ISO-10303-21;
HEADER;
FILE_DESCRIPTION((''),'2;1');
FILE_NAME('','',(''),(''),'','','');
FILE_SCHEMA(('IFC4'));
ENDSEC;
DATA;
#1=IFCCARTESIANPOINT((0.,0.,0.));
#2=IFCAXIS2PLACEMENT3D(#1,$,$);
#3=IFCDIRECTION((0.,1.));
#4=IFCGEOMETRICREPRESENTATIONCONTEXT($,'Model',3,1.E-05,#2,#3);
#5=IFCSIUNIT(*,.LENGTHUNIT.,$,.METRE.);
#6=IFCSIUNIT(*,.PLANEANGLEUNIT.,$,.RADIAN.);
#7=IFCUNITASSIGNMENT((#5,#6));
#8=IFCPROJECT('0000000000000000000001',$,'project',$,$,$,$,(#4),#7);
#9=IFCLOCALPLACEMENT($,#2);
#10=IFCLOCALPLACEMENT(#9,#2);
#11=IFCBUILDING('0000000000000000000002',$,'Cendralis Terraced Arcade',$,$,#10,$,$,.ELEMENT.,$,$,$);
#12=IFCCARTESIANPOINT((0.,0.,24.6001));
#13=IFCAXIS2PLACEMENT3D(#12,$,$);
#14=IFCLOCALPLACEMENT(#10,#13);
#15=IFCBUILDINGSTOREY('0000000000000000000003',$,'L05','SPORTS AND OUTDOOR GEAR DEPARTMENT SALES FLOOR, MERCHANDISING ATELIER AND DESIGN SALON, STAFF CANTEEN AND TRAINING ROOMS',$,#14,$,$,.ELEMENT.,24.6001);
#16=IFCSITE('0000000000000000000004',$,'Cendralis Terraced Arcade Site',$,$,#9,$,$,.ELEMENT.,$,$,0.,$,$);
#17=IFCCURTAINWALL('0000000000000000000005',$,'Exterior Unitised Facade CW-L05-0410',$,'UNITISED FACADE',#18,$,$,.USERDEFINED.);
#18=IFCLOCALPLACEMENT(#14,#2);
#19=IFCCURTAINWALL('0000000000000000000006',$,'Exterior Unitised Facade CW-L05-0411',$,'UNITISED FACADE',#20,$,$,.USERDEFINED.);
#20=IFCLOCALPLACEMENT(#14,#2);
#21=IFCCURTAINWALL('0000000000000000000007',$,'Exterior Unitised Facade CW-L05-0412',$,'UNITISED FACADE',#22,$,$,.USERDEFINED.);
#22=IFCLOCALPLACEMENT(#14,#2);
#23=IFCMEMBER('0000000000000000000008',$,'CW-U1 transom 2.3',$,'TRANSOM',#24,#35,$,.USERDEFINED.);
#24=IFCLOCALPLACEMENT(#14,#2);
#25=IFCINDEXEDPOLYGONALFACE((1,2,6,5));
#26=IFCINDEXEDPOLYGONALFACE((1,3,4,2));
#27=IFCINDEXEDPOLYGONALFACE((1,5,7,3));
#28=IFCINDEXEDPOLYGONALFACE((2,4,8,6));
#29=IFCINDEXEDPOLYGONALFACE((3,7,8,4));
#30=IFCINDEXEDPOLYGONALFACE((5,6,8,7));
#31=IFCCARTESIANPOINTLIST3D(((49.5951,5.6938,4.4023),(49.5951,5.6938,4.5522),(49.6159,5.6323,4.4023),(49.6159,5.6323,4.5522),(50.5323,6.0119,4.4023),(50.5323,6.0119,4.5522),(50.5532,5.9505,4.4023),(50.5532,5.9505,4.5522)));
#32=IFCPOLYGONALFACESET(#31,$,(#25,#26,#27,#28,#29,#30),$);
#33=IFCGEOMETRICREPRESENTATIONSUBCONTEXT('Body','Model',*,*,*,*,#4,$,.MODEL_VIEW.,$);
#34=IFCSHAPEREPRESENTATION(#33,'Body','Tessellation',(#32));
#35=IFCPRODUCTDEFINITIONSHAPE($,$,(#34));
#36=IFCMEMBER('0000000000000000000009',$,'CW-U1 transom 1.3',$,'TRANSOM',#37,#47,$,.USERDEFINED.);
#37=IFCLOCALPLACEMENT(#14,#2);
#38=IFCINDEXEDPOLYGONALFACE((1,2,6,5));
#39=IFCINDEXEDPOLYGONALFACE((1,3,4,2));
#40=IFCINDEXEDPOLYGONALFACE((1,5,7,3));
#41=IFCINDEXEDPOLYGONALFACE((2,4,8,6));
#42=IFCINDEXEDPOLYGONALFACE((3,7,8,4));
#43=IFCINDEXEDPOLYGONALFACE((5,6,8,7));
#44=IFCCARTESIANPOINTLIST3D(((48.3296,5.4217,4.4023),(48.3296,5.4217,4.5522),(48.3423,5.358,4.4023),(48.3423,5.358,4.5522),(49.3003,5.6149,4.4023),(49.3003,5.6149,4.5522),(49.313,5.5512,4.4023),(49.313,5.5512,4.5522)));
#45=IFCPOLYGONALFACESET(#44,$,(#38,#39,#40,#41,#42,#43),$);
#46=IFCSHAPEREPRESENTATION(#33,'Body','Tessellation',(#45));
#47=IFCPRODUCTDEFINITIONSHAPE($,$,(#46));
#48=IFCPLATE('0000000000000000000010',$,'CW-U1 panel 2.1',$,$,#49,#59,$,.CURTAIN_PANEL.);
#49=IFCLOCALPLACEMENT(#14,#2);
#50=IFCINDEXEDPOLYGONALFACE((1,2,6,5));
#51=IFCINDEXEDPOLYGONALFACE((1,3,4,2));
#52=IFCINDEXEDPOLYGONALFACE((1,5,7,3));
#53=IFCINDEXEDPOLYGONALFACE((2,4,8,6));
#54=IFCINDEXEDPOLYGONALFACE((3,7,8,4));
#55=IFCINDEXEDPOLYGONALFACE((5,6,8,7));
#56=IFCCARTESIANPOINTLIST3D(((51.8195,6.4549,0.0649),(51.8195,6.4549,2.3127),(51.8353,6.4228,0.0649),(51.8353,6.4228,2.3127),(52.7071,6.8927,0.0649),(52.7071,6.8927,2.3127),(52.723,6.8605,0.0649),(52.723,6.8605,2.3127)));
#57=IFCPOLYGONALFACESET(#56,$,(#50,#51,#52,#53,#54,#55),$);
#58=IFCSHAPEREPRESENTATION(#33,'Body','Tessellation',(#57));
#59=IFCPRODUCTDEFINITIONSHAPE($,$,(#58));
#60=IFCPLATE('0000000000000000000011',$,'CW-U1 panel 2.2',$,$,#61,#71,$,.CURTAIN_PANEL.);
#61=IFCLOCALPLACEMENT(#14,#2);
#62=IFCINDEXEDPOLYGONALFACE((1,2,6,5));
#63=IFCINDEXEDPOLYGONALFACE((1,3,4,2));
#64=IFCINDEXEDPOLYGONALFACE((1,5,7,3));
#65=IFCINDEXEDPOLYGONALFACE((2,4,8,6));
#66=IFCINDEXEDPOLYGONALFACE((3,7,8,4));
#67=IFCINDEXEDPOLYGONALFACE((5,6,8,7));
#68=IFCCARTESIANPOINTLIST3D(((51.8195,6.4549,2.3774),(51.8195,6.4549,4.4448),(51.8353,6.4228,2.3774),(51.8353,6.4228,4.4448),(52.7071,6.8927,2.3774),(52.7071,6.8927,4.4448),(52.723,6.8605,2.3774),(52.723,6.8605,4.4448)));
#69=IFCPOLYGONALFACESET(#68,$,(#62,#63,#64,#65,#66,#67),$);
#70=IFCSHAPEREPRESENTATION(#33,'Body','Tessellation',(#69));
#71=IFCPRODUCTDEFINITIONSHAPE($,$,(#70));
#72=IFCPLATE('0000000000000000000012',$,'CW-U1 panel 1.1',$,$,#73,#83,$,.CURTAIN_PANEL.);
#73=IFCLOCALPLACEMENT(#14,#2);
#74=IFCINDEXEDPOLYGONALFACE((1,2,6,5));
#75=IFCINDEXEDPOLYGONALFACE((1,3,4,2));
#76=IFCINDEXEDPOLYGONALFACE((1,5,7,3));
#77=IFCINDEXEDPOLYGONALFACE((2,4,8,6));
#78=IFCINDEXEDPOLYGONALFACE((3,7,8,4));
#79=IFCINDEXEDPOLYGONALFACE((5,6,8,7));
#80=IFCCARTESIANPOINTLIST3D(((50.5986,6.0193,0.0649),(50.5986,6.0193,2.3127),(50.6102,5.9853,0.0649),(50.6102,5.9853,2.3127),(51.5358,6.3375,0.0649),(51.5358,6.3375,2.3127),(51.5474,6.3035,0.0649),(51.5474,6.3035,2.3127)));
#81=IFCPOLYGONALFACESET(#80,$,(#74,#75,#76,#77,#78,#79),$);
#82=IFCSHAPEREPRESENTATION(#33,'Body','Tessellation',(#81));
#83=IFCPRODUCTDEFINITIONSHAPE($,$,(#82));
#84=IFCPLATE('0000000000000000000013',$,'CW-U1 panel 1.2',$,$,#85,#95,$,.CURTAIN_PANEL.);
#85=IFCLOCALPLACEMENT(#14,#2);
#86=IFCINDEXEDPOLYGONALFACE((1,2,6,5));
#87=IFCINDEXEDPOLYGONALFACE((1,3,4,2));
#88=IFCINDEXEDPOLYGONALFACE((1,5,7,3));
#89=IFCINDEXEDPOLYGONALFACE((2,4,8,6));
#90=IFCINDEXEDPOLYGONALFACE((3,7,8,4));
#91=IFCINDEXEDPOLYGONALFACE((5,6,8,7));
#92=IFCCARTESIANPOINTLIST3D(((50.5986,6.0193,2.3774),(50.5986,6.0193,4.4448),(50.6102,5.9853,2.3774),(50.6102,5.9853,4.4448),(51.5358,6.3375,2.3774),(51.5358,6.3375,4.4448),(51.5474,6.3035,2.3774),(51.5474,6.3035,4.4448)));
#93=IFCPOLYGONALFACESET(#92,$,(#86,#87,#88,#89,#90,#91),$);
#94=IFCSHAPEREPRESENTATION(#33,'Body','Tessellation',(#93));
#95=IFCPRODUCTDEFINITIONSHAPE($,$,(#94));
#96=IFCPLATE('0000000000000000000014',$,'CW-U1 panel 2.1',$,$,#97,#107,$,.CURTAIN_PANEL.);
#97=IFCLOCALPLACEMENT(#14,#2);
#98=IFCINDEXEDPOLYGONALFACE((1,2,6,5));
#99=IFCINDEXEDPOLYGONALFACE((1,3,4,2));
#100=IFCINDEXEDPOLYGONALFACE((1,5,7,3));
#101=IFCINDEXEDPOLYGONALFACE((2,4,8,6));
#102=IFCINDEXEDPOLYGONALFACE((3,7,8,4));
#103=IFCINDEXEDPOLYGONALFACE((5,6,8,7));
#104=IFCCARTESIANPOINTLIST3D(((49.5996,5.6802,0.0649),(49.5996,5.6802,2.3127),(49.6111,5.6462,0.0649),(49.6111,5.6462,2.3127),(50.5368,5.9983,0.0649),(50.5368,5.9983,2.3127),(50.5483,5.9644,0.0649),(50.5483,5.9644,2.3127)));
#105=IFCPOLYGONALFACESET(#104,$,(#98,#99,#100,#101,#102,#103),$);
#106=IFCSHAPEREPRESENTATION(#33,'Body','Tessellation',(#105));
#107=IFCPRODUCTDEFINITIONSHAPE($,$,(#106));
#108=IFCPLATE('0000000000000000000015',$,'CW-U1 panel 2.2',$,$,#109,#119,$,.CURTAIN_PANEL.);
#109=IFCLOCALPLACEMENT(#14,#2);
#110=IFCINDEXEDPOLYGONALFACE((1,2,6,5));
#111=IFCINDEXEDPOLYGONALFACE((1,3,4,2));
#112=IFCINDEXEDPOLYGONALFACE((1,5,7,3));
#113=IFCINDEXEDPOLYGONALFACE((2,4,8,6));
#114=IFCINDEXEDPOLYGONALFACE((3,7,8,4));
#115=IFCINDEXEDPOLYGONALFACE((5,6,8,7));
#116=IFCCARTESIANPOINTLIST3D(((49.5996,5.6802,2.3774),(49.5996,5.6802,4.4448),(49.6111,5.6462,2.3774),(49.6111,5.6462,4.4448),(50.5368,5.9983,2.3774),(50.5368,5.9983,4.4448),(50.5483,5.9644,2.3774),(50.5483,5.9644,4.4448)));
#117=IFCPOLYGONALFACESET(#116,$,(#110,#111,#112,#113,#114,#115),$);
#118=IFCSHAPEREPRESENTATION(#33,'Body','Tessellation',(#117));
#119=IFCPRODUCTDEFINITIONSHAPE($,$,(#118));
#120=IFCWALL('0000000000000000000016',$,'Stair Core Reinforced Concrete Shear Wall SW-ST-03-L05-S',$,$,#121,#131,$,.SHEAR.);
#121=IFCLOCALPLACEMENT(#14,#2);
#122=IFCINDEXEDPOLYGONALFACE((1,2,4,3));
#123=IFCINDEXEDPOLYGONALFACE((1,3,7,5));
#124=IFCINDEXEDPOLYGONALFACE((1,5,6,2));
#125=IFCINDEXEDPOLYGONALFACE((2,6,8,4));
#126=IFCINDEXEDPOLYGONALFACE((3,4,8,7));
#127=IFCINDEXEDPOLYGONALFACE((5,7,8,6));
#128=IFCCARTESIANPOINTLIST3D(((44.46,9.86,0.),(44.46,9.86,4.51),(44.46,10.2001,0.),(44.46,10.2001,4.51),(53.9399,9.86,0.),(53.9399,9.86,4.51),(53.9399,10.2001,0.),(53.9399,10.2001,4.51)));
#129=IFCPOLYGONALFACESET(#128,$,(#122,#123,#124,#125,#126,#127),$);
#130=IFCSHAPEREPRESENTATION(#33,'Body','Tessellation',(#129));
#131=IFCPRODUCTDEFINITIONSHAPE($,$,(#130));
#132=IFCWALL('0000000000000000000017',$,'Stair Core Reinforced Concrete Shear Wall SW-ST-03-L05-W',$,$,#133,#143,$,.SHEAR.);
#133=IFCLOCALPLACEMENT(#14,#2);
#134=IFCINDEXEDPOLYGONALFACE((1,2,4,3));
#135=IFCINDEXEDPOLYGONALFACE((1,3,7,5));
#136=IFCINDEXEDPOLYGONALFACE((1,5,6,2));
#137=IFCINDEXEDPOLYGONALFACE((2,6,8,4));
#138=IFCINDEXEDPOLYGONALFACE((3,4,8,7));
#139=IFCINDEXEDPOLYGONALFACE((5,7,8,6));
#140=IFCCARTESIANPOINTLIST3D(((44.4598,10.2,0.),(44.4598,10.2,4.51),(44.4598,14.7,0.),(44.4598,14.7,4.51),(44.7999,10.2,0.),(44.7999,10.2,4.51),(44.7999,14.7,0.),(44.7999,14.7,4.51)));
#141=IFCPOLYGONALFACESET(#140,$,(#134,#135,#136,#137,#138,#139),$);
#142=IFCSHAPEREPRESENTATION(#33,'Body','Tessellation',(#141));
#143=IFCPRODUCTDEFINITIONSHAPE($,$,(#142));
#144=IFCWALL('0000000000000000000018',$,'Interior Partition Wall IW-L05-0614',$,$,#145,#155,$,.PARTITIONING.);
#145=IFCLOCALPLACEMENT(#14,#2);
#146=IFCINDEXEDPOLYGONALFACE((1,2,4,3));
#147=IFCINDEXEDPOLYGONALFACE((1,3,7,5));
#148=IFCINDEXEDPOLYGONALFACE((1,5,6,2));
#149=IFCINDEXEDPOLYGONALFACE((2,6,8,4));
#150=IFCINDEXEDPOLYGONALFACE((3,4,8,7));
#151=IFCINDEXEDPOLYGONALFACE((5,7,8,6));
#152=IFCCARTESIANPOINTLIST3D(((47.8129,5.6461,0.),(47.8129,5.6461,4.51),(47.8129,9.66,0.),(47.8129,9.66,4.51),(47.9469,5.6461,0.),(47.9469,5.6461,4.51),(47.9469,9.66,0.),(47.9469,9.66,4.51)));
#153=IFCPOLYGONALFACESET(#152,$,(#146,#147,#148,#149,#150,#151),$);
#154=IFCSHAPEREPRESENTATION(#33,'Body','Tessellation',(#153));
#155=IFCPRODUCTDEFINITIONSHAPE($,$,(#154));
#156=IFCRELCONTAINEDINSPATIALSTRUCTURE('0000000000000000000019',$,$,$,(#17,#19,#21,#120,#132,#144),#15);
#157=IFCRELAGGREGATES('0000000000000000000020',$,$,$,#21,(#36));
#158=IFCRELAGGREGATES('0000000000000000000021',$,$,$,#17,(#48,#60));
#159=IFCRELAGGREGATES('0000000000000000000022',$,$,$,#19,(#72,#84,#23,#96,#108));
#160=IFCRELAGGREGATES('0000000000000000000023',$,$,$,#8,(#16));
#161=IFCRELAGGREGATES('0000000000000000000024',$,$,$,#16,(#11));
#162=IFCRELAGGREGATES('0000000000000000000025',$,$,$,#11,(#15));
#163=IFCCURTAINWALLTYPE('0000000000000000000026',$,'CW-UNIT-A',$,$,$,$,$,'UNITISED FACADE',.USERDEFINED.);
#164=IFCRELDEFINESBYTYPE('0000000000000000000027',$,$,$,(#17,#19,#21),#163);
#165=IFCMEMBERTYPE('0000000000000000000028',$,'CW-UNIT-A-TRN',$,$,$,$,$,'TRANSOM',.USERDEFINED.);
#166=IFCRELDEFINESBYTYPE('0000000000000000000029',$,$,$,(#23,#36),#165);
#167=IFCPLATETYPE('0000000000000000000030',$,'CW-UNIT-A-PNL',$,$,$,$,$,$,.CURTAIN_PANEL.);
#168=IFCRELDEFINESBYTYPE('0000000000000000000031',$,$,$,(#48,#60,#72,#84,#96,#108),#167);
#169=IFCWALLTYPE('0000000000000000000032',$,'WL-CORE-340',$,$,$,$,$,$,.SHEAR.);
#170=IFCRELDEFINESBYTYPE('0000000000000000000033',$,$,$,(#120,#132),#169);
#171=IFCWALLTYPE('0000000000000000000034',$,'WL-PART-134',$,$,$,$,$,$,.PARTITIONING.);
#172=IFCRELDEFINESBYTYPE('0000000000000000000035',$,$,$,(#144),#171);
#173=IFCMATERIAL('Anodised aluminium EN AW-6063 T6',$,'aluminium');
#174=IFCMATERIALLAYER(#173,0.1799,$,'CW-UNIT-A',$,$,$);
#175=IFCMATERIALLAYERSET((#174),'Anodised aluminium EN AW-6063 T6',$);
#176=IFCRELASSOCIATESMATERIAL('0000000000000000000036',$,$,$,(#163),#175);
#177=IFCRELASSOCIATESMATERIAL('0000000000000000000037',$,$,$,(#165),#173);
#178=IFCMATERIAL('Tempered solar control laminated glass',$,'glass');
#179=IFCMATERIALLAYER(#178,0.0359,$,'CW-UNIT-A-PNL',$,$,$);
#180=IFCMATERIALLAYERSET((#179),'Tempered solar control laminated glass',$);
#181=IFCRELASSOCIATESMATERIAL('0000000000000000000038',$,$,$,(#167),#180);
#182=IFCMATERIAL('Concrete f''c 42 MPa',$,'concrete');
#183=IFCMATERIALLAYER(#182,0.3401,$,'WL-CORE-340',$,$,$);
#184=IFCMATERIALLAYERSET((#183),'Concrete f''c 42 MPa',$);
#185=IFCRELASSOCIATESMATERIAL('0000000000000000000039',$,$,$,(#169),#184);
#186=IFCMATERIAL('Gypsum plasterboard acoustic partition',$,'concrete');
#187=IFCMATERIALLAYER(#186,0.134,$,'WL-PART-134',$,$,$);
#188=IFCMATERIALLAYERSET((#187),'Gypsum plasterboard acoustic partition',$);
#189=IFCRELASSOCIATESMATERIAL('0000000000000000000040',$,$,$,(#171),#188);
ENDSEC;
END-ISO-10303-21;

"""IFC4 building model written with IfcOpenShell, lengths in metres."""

from ifc_helpers import new_model, si_unit, direction, frame, frame_2d, origin, origin_2d, place, context, subcontext, project, spatial, rectangle, extrude, material, layer, layer_set, material_profile, profile_set, type_object, element, aggregate, save


model = new_model("IFC4")

# Units and contexts
model_context = context("Model", 3, precision=1e-05, world=origin(), true_north=direction((0.0, 1.0)))
body_context = subcontext(model_context, "Body", "Model", "MODEL_VIEW")
ifc_project = project(units=[si_unit("LENGTHUNIT", "METRE"), si_unit("PLANEANGLEUNIT", "RADIAN")], contexts=[model_context])

# Site, building, storey
site_placement = place(None, origin())
site = spatial("IfcSite", under=ifc_project, at=site_placement, Name="Cendralis Terraced Arcade Site", CompositionType="ELEMENT", RefElevation=0.0)
building_placement = place(site_placement, origin())
building = spatial("IfcBuilding", under=site, at=building_placement, Name="Cendralis Terraced Arcade", CompositionType="ELEMENT")
storey_placement = place(building_placement, frame((0.0, 0.0, 24.6001)))
storey = spatial("IfcBuildingStorey", under=building, at=storey_placement, Name="L05", Description="SPORTS AND OUTDOOR GEAR DEPARTMENT SALES FLOOR, MERCHANDISING ATELIER AND DESIGN SALON, STAFF CANTEEN AND TRAINING ROOMS", CompositionType="ELEMENT", Elevation=24.6001)

# Curtain walls
ifc_material_1 = material(Name="Anodised aluminium EN AW-6063 T6", Category="aluminium")
ifc_layer_1 = layer(ifc_material_1, 0.1799, Name="CW-UNIT-A")
ifc_layer_set_1 = layer_set([ifc_layer_1], Name="Anodised aluminium EN AW-6063 T6")
curtain_wall_type = type_object("IfcCurtainWallType", Name="CW-UNIT-A", ElementType="UNITISED FACADE", PredefinedType="USERDEFINED", material=ifc_layer_set_1)
curtain_wall_1_placement = place(storey_placement, origin())
curtain_wall_1 = element("IfcCurtainWall", 1, at=curtain_wall_1_placement, inside=storey, type_object=curtain_wall_type, Name="Exterior Unitised Facade CW-L05-0410", ObjectType="UNITISED FACADE", PredefinedType="USERDEFINED")
curtain_wall_2_placement = place(storey_placement, origin())
curtain_wall_2 = element("IfcCurtainWall", 2, at=curtain_wall_2_placement, inside=storey, type_object=curtain_wall_type, Name="Exterior Unitised Facade CW-L05-0411", ObjectType="UNITISED FACADE", PredefinedType="USERDEFINED")

# Curtain wall
curtain_wall_3_placement = place(storey_placement, origin())
curtain_wall_3 = element("IfcCurtainWall", 3, at=curtain_wall_3_placement, inside=storey, type_object=curtain_wall_type, Name="Exterior Unitised Facade CW-L05-0412", ObjectType="UNITISED FACADE", PredefinedType="USERDEFINED")

# Members
ifc_material_profile_1 = material_profile(ifc_material_1, rectangle(XDim=0.0649, YDim=0.1499, at=origin_2d()), Name="ALU-TRN-65x150")
ifc_profile_set_1 = profile_set([ifc_material_profile_1], Name="Anodised aluminium EN AW-6063 T6")
member_type_1 = type_object("IfcMemberType", Name="CW-UNIT-A-TRN", ElementType="TRANSOM", PredefinedType="USERDEFINED", material=ifc_profile_set_1)
member_1_placement = place(storey_placement, frame((50.5427, 5.9812, 4.4773), z_axis=(-0.946943, -0.321403, 0.0), x_axis=(0.321403, -0.946943, 0.0)))
member_1 = element("IfcMember", 4, at=member_1_placement, type_object=member_type_1, Name="CW-U1 transom 2.3", ObjectType="TRANSOM", PredefinedType="USERDEFINED", context=body_context, shape_type="SweptSolid", body=[
    extrude(rectangle(XDim=0.0649, YDim=0.1499, at=origin_2d()), origin(), (0.0, 0.0, 1.0), 0.9897),
])
member_2_placement = place(storey_placement, frame((49.3066, 5.583, 4.4773), z_axis=(-0.980779, -0.19512, 0.0), x_axis=(0.19512, -0.980779, 0.0)))
member_2 = element("IfcMember", 5, at=member_2_placement, type_object=member_type_1, Name="CW-U1 transom 1.3", ObjectType="TRANSOM", PredefinedType="USERDEFINED", context=body_context, shape_type="SweptSolid", body=[
    extrude(rectangle(XDim=0.0649, YDim=0.1499, at=origin_2d()), origin(), (0.0, 0.0, 1.0), 0.9897),
])
aggregate(curtain_wall_3, [member_2])

# Plates
ifc_material_2 = material(Name="Tempered solar control laminated glass", Category="glass")
ifc_layer_2 = layer(ifc_material_2, 0.0359, Name="CW-UNIT-A-PNL")
ifc_layer_set_2 = layer_set([ifc_layer_2], Name="Tempered solar control laminated glass")
plate_type = type_object("IfcPlateType", Name="CW-UNIT-A-PNL", PredefinedType="CURTAIN_PANEL", material=ifc_layer_set_2)
plate_1_placement = place(storey_placement, frame((52.2712, 6.6577, 0.0649), z_axis=(0.0, 0.0, 1.0), x_axis=(-0.896888, -0.442259, 0.0)))
plate_1 = element("IfcPlate", 6, at=plate_1_placement, type_object=plate_type, Name="CW-U1 panel 2.1", PredefinedType="CURTAIN_PANEL", context=body_context, shape_type="SweptSolid", body=[
    extrude(rectangle(XDim=0.9897, YDim=0.0359, at=origin_2d()), origin(), (0.0, 0.0, 1.0), 2.2478),
])
plate_2_placement = place(storey_placement, frame((52.2712, 6.6577, 2.3774), z_axis=(0.0, 0.0, 1.0), x_axis=(-0.896888, -0.442259, 0.0)))
plate_2 = element("IfcPlate", 7, at=plate_2_placement, type_object=plate_type, Name="CW-U1 panel 2.2", PredefinedType="CURTAIN_PANEL", context=body_context, shape_type="SweptSolid", body=[
    extrude(rectangle(XDim=0.9897, YDim=0.0359, at=origin_2d()), origin(), (0.0, 0.0, 1.0), 2.0674),
])
aggregate(curtain_wall_1, [plate_1, plate_2])
plate_3_placement = place(storey_placement, frame((51.073, 6.1614, 0.0649), z_axis=(0.0, 0.0, 1.0), x_axis=(-0.946917, -0.321479, 0.0)))
plate_3 = element("IfcPlate", 8, at=plate_3_placement, type_object=plate_type, Name="CW-U1 panel 1.1", PredefinedType="CURTAIN_PANEL", context=body_context, shape_type="SweptSolid", body=[
    extrude(rectangle(XDim=0.9897, YDim=0.0359, at=origin_2d()), origin(), (0.0, 0.0, 1.0), 2.2478),
])
plate_4_placement = place(storey_placement, frame((51.073, 6.1614, 2.3774), z_axis=(0.0, 0.0, 1.0), x_axis=(-0.946917, -0.321479, 0.0)))
plate_4 = element("IfcPlate", 9, at=plate_4_placement, type_object=plate_type, Name="CW-U1 panel 1.2", PredefinedType="CURTAIN_PANEL", context=body_context, shape_type="SweptSolid", body=[
    extrude(rectangle(XDim=0.9897, YDim=0.0359, at=origin_2d()), origin(), (0.0, 0.0, 1.0), 2.0674),
])
plate_5_placement = place(storey_placement, frame((50.074, 5.8223, 0.0649), z_axis=(0.0, 0.0, 1.0), x_axis=(-0.946917, -0.321479, 0.0)))
plate_5 = element("IfcPlate", 10, at=plate_5_placement, type_object=plate_type, Name="CW-U1 panel 2.1", PredefinedType="CURTAIN_PANEL", context=body_context, shape_type="SweptSolid", body=[
    extrude(rectangle(XDim=0.9897, YDim=0.0359, at=origin_2d()), origin(), (0.0, 0.0, 1.0), 2.2478),
])
plate_6_placement = place(storey_placement, frame((50.074, 5.8223, 2.3774), z_axis=(0.0, 0.0, 1.0), x_axis=(-0.946917, -0.321479, 0.0)))
plate_6 = element("IfcPlate", 11, at=plate_6_placement, type_object=plate_type, Name="CW-U1 panel 2.2", PredefinedType="CURTAIN_PANEL", context=body_context, shape_type="SweptSolid", body=[
    extrude(rectangle(XDim=0.9897, YDim=0.0359, at=origin_2d()), origin(), (0.0, 0.0, 1.0), 2.0674),
])
aggregate(curtain_wall_2, [plate_3, plate_4, member_1, plate_5, plate_6])

# Walls
ifc_material_3 = material(Name="Concrete f'c 42 MPa", Category="concrete")
ifc_layer_3 = layer(ifc_material_3, 0.3401, Name="WL-CORE-340")
ifc_layer_set_3 = layer_set([ifc_layer_3], Name="Concrete f'c 42 MPa")
wall_type_1 = type_object("IfcWallType", Name="WL-CORE-340", PredefinedType="SHEAR", material=ifc_layer_set_3)
wall_1_placement = place(storey_placement, frame((44.46, 10.03, 0.0), z_axis=(0.0, 0.0, 1.0), x_axis=(1.0, 0.0, 0.0)))
element("IfcWall", 12, at=wall_1_placement, inside=storey, type_object=wall_type_1, Name="Stair Core Reinforced Concrete Shear Wall SW-ST-03-L05-S", PredefinedType="SHEAR", context=body_context, shape_type="SweptSolid", body=[
    extrude(rectangle(XDim=9.48, YDim=0.3401, at=frame_2d((4.74, 0.0))), origin(), (0.0, 0.0, 1.0), 4.51),
])
wall_2_placement = place(storey_placement, frame((44.6299, 10.2, 0.0), z_axis=(0.0, 0.0, 1.0), x_axis=(0.0, 1.0, 0.0)))
element("IfcWall", 13, at=wall_2_placement, inside=storey, type_object=wall_type_1, Name="Stair Core Reinforced Concrete Shear Wall SW-ST-03-L05-W", PredefinedType="SHEAR", context=body_context, shape_type="SweptSolid", body=[
    extrude(rectangle(XDim=4.5, YDim=0.3401, at=frame_2d((2.25, 0.0))), origin(), (0.0, 0.0, 1.0), 4.51),
])
ifc_material_4 = material(Name="Gypsum plasterboard acoustic partition", Category="concrete")
ifc_layer_4 = layer(ifc_material_4, 0.134, Name="WL-PART-134")
ifc_layer_set_4 = layer_set([ifc_layer_4], Name="Gypsum plasterboard acoustic partition")
wall_type_2 = type_object("IfcWallType", Name="WL-PART-134", PredefinedType="PARTITIONING", material=ifc_layer_set_4)
wall_3_placement = place(storey_placement, frame((47.8799, 9.6599, 0.0), z_axis=(0.0, 0.0, 1.0), x_axis=(0.0, -1.0, 0.0)))
element("IfcWall", 14, at=wall_3_placement, inside=storey, type_object=wall_type_2, Name="Interior Partition Wall IW-L05-0614", PredefinedType="PARTITIONING", context=body_context, shape_type="SweptSolid", body=[
    extrude(rectangle(XDim=4.0139, YDim=0.134, at=frame_2d((2.0068, 0.0))), origin(), (0.0, 0.0, 1.0), 4.51),
])

save(model, "model.ifc")
